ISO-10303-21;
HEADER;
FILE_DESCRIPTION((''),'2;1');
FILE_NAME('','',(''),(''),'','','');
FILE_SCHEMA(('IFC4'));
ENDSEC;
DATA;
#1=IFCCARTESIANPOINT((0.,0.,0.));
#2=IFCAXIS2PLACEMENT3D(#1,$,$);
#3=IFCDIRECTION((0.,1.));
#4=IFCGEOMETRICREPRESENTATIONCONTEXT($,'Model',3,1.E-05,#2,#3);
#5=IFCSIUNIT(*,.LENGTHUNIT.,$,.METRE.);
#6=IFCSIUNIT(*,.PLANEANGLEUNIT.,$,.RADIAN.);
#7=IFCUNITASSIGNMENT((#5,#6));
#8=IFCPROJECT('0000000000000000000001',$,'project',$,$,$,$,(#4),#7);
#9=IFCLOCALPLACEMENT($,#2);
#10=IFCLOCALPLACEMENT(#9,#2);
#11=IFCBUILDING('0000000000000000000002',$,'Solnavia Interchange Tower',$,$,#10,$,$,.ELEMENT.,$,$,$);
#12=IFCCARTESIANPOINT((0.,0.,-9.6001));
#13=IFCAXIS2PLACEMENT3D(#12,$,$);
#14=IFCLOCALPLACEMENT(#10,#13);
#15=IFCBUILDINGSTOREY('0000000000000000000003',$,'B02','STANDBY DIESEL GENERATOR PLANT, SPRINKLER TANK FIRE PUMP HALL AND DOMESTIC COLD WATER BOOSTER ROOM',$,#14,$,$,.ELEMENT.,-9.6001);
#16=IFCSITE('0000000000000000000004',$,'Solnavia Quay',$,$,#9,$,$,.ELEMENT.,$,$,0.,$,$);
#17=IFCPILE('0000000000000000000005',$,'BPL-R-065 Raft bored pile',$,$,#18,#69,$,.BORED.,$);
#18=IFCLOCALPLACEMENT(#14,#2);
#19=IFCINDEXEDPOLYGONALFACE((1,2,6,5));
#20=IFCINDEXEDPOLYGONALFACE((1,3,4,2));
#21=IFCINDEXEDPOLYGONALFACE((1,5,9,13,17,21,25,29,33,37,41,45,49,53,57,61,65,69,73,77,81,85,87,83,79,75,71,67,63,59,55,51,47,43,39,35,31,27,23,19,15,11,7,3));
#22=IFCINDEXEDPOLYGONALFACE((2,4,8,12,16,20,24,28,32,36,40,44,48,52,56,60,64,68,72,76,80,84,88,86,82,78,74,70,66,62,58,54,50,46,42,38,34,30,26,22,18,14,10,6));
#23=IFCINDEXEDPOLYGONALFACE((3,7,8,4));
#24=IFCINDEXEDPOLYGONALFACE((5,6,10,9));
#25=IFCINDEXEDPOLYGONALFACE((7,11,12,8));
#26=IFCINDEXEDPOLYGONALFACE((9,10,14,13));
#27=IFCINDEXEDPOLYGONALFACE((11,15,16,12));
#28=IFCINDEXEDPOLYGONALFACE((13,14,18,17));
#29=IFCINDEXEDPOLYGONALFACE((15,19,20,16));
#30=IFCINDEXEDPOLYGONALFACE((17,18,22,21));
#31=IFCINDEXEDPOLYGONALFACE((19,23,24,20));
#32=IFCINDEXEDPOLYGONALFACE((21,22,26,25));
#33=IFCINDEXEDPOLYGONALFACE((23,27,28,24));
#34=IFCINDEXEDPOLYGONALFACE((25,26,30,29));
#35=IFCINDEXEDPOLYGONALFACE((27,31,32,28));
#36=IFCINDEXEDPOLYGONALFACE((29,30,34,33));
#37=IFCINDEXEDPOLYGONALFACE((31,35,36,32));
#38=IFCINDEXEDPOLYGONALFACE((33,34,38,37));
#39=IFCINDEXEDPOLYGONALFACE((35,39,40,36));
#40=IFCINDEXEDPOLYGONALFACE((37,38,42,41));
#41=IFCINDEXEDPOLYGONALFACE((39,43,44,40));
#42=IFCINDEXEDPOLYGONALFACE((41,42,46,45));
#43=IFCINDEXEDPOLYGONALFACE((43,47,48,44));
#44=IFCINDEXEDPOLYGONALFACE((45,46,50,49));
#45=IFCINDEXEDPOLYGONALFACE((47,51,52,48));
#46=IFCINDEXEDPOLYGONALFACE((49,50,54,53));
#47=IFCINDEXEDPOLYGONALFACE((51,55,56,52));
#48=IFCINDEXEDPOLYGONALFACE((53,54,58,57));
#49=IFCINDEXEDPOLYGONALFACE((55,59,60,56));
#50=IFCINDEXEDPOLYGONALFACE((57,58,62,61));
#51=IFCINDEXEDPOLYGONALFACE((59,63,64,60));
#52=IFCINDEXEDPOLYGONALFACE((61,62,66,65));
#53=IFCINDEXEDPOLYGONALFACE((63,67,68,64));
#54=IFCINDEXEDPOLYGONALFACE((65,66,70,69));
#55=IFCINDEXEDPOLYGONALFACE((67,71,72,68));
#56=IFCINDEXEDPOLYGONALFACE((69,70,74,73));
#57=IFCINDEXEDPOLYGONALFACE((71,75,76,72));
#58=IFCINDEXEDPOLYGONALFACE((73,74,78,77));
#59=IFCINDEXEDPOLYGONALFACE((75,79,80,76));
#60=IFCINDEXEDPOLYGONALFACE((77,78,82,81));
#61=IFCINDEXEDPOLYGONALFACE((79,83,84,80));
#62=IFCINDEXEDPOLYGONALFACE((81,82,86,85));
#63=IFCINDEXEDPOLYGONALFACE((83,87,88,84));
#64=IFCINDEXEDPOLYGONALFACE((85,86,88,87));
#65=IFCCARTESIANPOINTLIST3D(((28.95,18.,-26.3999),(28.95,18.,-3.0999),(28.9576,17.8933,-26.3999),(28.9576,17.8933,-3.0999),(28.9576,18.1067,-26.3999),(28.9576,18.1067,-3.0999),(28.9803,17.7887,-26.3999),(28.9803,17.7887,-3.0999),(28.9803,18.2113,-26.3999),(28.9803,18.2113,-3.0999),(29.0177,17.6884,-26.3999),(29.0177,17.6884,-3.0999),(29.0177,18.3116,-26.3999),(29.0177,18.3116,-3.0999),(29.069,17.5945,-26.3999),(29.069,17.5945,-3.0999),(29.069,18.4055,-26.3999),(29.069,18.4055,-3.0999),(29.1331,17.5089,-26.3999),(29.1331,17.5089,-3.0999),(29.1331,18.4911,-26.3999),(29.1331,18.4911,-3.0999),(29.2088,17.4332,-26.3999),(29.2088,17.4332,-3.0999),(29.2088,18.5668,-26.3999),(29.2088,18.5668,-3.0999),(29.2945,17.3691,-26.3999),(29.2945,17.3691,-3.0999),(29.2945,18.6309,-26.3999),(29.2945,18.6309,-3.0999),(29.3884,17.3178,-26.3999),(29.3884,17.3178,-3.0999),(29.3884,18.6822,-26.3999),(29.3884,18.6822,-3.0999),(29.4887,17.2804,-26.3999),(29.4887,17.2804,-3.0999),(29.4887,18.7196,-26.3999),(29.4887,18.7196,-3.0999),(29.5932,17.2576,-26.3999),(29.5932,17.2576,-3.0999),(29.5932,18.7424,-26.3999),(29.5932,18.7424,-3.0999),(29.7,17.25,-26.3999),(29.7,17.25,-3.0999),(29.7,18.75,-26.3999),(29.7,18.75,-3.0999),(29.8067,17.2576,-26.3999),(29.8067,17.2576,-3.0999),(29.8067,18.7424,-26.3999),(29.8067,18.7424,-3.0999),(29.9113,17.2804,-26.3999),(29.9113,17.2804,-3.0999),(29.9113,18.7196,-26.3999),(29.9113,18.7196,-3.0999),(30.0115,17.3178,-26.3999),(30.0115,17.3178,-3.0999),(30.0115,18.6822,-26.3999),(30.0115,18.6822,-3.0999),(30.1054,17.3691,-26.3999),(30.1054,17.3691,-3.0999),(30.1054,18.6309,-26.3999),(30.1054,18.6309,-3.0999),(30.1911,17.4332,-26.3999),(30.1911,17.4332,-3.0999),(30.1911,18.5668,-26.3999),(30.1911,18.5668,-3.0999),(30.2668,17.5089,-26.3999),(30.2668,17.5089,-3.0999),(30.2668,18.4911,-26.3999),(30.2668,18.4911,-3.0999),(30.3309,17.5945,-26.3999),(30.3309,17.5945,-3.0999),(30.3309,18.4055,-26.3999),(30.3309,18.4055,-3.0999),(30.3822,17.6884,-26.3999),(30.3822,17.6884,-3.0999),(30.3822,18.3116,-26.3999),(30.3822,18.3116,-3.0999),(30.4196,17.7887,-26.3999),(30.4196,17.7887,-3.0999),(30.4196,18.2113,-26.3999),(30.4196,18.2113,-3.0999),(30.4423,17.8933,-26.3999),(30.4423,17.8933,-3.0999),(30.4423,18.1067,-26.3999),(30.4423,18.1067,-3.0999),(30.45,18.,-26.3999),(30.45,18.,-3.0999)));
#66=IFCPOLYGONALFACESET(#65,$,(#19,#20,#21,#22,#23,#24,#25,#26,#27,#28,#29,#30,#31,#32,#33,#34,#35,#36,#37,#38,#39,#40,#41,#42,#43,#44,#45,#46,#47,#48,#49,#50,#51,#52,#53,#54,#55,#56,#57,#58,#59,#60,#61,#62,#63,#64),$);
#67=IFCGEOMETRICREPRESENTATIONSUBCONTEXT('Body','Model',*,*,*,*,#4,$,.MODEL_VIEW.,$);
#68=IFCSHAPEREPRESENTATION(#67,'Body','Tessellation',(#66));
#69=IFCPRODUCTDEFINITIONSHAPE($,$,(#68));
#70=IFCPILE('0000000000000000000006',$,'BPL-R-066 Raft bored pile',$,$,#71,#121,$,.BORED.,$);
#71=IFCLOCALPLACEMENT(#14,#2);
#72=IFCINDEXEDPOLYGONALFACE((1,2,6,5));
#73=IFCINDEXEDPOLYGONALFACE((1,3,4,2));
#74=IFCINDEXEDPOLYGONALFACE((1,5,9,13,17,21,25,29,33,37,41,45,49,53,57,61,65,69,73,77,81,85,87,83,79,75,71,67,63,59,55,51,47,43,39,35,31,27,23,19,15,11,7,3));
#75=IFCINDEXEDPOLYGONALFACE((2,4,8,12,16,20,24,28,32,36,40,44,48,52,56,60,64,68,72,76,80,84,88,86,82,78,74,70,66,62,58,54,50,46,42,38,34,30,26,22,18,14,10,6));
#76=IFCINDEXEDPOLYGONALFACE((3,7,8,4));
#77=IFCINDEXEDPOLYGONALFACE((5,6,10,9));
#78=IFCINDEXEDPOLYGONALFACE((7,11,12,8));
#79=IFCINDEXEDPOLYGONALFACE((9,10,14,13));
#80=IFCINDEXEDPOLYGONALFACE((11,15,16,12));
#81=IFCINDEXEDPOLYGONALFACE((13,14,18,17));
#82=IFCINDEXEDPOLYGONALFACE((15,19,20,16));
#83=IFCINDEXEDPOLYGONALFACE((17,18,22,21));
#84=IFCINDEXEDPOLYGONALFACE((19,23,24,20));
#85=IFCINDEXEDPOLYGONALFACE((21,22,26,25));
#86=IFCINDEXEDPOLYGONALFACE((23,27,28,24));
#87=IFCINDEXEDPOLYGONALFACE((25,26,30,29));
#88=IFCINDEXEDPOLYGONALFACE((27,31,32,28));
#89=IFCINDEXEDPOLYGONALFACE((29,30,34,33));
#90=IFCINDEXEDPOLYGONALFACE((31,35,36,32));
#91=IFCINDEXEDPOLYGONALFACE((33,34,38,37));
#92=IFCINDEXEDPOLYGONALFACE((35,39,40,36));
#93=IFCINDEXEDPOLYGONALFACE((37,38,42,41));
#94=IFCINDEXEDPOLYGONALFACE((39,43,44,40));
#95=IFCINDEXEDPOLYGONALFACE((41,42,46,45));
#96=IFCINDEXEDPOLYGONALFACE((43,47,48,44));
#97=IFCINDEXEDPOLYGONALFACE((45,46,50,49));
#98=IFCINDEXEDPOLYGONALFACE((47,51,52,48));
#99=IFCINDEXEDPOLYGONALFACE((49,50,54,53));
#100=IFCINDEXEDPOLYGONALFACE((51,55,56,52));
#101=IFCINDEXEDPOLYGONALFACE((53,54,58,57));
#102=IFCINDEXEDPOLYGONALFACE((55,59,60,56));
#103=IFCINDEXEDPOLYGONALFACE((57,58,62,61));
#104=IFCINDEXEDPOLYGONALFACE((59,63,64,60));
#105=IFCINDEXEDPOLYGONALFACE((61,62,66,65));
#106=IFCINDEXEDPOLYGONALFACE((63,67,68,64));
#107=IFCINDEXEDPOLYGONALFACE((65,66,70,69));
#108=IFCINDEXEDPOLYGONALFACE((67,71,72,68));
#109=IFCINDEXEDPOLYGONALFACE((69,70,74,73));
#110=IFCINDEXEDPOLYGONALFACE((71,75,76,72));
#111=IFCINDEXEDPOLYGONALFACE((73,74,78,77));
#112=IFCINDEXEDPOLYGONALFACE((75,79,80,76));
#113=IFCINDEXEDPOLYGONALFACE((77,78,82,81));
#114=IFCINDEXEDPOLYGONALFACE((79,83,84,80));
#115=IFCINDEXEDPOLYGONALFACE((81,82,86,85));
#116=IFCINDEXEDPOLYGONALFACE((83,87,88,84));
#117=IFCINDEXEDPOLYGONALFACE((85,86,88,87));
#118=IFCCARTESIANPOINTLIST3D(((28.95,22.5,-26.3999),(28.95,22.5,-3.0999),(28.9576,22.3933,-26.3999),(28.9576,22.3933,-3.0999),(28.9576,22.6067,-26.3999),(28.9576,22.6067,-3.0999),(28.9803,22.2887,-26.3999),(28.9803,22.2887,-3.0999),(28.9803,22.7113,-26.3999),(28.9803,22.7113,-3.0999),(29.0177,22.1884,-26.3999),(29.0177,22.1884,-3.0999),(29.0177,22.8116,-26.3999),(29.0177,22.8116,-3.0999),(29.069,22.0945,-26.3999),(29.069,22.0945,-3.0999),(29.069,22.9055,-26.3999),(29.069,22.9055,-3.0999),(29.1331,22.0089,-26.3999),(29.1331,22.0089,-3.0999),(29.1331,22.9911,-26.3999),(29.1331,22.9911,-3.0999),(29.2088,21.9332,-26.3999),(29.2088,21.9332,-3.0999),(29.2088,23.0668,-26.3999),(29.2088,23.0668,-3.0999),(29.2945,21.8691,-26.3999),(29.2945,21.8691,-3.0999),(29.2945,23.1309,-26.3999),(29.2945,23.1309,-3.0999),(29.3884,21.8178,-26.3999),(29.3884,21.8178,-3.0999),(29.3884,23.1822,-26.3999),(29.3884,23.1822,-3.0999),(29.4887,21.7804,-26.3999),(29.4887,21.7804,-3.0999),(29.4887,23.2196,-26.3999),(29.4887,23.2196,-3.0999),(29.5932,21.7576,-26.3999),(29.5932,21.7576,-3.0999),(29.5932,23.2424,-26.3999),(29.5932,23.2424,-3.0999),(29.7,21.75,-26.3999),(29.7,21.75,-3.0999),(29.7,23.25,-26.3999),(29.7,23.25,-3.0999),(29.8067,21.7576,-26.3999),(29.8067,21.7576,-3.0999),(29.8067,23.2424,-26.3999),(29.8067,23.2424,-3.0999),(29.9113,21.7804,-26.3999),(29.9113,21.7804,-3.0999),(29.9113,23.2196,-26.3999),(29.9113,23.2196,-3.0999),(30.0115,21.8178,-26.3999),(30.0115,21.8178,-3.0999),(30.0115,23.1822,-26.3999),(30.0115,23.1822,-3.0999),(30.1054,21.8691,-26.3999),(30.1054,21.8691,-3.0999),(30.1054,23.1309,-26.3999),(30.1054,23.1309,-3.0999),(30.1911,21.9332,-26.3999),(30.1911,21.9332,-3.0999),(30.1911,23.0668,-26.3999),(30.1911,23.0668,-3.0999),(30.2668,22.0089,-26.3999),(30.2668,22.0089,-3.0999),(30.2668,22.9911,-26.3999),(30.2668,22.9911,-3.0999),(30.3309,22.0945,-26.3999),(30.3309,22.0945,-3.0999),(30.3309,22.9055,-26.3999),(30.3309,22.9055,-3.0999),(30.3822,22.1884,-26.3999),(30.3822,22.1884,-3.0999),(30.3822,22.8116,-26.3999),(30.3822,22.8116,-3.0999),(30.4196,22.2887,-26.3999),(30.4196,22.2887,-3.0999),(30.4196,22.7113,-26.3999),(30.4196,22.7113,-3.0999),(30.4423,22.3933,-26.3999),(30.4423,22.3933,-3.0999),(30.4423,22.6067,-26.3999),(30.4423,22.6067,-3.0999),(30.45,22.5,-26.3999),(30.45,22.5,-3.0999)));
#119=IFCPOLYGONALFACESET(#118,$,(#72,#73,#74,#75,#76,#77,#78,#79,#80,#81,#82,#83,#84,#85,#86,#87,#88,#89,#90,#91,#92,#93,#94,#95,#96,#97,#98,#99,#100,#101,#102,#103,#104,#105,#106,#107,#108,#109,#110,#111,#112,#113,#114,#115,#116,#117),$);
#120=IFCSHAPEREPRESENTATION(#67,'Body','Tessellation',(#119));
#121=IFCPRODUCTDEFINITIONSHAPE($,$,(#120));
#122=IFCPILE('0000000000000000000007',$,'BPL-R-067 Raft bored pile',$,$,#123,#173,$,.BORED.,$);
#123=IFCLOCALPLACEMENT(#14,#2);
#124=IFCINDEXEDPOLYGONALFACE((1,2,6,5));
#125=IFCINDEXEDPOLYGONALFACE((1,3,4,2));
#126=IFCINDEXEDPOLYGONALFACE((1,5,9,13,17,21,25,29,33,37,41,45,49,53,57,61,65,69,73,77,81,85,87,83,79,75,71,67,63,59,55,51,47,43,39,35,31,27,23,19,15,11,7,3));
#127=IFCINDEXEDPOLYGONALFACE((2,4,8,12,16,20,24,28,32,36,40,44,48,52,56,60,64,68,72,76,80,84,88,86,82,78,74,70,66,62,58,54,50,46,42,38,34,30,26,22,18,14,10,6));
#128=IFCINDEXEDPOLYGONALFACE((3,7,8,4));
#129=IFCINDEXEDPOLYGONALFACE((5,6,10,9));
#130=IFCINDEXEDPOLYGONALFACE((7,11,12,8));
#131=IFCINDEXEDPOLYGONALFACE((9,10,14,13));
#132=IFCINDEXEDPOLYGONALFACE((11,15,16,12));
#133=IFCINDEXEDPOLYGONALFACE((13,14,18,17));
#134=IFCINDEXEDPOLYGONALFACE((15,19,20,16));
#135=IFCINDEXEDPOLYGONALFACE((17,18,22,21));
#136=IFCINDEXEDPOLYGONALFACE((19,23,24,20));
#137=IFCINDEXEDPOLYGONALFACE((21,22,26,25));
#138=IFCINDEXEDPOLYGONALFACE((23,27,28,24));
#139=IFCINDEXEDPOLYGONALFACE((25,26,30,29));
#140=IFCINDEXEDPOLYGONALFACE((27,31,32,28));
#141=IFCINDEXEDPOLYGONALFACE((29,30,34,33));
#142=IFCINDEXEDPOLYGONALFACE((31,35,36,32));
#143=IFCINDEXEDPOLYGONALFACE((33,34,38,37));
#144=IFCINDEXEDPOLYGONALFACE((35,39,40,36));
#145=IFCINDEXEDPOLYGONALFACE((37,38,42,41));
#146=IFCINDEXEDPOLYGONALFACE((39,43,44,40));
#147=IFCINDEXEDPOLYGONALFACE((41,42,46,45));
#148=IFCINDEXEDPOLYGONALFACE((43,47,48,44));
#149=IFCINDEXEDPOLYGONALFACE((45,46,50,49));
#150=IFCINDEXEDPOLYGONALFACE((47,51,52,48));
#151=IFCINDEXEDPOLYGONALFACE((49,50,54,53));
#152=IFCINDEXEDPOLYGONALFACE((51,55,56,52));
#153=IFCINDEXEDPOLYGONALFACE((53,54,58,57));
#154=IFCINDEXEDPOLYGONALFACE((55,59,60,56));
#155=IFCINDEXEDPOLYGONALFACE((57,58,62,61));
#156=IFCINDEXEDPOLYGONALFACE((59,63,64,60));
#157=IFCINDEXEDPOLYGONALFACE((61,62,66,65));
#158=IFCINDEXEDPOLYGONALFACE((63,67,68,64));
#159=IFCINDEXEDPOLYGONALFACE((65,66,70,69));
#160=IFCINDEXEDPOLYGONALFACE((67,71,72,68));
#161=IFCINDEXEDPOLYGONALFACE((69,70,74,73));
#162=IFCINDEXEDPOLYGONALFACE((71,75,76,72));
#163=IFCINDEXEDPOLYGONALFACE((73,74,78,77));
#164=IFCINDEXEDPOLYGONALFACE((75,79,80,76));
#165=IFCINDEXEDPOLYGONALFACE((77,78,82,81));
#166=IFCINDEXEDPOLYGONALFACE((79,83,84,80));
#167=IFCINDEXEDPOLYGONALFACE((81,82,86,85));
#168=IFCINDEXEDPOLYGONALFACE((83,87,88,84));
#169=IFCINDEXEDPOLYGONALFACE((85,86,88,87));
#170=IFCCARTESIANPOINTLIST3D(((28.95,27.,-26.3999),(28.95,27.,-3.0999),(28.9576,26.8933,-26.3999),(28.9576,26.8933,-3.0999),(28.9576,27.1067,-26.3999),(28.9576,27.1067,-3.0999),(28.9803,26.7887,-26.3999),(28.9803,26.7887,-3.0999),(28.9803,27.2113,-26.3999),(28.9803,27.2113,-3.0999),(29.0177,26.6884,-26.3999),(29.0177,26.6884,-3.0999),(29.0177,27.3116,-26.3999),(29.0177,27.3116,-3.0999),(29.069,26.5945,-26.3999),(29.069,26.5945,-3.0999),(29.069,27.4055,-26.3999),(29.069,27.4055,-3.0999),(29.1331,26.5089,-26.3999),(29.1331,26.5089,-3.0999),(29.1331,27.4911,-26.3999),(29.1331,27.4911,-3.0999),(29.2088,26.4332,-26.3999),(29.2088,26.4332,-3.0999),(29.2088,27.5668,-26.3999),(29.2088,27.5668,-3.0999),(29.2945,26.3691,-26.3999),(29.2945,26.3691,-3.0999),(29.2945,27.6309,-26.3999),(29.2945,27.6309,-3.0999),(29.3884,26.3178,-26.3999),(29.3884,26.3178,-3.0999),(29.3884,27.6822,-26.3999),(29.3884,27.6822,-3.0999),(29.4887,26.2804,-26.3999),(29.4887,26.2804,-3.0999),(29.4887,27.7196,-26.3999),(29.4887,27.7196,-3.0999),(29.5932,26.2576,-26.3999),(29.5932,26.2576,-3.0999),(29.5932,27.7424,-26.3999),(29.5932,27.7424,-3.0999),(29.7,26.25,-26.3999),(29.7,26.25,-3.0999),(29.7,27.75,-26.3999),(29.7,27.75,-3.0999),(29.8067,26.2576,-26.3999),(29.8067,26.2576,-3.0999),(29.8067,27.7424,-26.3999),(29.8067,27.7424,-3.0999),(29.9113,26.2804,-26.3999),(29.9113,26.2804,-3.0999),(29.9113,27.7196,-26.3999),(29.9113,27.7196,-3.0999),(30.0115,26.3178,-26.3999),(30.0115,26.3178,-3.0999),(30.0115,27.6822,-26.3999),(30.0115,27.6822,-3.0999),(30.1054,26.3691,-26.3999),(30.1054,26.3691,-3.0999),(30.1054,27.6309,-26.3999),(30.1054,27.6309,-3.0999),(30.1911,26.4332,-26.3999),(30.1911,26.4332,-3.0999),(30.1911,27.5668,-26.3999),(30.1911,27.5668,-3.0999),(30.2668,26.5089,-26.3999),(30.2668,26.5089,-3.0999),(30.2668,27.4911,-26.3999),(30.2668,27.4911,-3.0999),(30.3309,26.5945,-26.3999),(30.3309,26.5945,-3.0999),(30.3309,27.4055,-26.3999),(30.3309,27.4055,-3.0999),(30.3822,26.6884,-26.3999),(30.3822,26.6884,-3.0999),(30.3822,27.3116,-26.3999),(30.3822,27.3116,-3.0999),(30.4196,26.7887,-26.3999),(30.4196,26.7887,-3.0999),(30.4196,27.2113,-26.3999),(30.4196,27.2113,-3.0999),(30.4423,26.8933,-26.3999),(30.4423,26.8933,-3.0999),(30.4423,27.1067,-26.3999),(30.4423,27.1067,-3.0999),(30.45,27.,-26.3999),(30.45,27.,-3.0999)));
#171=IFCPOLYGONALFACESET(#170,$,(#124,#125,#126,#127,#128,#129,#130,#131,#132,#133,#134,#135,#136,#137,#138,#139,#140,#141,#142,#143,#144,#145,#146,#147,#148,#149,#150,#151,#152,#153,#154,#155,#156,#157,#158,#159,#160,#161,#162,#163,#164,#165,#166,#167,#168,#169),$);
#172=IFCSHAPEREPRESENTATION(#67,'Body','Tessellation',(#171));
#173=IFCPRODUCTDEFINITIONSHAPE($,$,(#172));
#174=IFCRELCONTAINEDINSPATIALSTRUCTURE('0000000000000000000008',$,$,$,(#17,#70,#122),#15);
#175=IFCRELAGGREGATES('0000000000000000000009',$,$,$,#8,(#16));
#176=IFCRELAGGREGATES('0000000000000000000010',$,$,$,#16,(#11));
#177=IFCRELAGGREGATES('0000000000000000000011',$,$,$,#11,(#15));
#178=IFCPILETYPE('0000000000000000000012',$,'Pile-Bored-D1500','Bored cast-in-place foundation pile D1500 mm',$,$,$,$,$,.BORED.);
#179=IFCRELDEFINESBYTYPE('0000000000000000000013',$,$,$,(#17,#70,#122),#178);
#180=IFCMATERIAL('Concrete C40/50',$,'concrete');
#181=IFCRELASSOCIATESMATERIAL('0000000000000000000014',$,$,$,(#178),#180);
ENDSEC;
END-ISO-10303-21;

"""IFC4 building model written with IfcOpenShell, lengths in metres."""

from ifc_helpers import new_model, si_unit, direction, frame, origin, origin_2d, place, context, subcontext, project, spatial, circle, extrude, material, material_profile, profile_set, type_object, element, save


model = new_model("IFC4")

# Units and contexts
model_context = context("Model", 3, precision=1e-05, world=origin(), true_north=direction((0.0, 1.0)))
body_context = subcontext(model_context, "Body", "Model", "MODEL_VIEW")
ifc_project = project(units=[si_unit("LENGTHUNIT", "METRE"), si_unit("PLANEANGLEUNIT", "RADIAN")], contexts=[model_context])

# Site, building, storey
site_placement = place(None, origin())
site = spatial("IfcSite", under=ifc_project, at=site_placement, Name="Solnavia Quay", CompositionType="ELEMENT", RefElevation=0.0)
building_placement = place(site_placement, origin())
building = spatial("IfcBuilding", under=site, at=building_placement, Name="Solnavia Interchange Tower", CompositionType="ELEMENT")
storey_placement = place(building_placement, frame((0.0, 0.0, -9.6001)))
storey = spatial("IfcBuildingStorey", under=building, at=storey_placement, Name="B02", Description="STANDBY DIESEL GENERATOR PLANT, SPRINKLER TANK FIRE PUMP HALL AND DOMESTIC COLD WATER BOOSTER ROOM", CompositionType="ELEMENT", Elevation=-9.6001)

# Piles
ifc_material_1 = material(Name="Concrete C40/50", Category="concrete")
ifc_material_profile_1 = material_profile(ifc_material_1, circle(Radius=0.75, at=origin_2d()), Name="PILE D1500")
ifc_profile_set_1 = profile_set([ifc_material_profile_1], Name="Concrete C40/50")
pile_type = type_object("IfcPileType", Name="Pile-Bored-D1500", Description="Bored cast-in-place foundation pile D1500 mm", PredefinedType="BORED", material=ifc_profile_set_1)
for number, where, z_axis, x_axis, name in (
    (1, (29.7, 18.0, -3.0999), (0.0, 0.0, -1.0), (1.0, 0.0, 0.0), "BPL-R-065 Raft bored pile"),
    (2, (29.7, 22.5, -3.0999), (0.0, 0.0, -1.0), (1.0, 0.0, 0.0), "BPL-R-066 Raft bored pile"),
    (3, (29.7, 27.0, -3.0999), (0.0, 0.0, -1.0), (1.0, 0.0, 0.0), "BPL-R-067 Raft bored pile"),
):
    element("IfcPile", number, at=place(storey_placement, frame(where, z_axis=z_axis, x_axis=x_axis)), inside=storey, type_object=pile_type, Name=name, PredefinedType="BORED", context=body_context, shape_type="SweptSolid", body=[
        extrude(circle(Radius=0.75, at=origin_2d()), origin(), (0.0, 0.0, 1.0), 23.3),
    ])

save(model, "model.ifc")
